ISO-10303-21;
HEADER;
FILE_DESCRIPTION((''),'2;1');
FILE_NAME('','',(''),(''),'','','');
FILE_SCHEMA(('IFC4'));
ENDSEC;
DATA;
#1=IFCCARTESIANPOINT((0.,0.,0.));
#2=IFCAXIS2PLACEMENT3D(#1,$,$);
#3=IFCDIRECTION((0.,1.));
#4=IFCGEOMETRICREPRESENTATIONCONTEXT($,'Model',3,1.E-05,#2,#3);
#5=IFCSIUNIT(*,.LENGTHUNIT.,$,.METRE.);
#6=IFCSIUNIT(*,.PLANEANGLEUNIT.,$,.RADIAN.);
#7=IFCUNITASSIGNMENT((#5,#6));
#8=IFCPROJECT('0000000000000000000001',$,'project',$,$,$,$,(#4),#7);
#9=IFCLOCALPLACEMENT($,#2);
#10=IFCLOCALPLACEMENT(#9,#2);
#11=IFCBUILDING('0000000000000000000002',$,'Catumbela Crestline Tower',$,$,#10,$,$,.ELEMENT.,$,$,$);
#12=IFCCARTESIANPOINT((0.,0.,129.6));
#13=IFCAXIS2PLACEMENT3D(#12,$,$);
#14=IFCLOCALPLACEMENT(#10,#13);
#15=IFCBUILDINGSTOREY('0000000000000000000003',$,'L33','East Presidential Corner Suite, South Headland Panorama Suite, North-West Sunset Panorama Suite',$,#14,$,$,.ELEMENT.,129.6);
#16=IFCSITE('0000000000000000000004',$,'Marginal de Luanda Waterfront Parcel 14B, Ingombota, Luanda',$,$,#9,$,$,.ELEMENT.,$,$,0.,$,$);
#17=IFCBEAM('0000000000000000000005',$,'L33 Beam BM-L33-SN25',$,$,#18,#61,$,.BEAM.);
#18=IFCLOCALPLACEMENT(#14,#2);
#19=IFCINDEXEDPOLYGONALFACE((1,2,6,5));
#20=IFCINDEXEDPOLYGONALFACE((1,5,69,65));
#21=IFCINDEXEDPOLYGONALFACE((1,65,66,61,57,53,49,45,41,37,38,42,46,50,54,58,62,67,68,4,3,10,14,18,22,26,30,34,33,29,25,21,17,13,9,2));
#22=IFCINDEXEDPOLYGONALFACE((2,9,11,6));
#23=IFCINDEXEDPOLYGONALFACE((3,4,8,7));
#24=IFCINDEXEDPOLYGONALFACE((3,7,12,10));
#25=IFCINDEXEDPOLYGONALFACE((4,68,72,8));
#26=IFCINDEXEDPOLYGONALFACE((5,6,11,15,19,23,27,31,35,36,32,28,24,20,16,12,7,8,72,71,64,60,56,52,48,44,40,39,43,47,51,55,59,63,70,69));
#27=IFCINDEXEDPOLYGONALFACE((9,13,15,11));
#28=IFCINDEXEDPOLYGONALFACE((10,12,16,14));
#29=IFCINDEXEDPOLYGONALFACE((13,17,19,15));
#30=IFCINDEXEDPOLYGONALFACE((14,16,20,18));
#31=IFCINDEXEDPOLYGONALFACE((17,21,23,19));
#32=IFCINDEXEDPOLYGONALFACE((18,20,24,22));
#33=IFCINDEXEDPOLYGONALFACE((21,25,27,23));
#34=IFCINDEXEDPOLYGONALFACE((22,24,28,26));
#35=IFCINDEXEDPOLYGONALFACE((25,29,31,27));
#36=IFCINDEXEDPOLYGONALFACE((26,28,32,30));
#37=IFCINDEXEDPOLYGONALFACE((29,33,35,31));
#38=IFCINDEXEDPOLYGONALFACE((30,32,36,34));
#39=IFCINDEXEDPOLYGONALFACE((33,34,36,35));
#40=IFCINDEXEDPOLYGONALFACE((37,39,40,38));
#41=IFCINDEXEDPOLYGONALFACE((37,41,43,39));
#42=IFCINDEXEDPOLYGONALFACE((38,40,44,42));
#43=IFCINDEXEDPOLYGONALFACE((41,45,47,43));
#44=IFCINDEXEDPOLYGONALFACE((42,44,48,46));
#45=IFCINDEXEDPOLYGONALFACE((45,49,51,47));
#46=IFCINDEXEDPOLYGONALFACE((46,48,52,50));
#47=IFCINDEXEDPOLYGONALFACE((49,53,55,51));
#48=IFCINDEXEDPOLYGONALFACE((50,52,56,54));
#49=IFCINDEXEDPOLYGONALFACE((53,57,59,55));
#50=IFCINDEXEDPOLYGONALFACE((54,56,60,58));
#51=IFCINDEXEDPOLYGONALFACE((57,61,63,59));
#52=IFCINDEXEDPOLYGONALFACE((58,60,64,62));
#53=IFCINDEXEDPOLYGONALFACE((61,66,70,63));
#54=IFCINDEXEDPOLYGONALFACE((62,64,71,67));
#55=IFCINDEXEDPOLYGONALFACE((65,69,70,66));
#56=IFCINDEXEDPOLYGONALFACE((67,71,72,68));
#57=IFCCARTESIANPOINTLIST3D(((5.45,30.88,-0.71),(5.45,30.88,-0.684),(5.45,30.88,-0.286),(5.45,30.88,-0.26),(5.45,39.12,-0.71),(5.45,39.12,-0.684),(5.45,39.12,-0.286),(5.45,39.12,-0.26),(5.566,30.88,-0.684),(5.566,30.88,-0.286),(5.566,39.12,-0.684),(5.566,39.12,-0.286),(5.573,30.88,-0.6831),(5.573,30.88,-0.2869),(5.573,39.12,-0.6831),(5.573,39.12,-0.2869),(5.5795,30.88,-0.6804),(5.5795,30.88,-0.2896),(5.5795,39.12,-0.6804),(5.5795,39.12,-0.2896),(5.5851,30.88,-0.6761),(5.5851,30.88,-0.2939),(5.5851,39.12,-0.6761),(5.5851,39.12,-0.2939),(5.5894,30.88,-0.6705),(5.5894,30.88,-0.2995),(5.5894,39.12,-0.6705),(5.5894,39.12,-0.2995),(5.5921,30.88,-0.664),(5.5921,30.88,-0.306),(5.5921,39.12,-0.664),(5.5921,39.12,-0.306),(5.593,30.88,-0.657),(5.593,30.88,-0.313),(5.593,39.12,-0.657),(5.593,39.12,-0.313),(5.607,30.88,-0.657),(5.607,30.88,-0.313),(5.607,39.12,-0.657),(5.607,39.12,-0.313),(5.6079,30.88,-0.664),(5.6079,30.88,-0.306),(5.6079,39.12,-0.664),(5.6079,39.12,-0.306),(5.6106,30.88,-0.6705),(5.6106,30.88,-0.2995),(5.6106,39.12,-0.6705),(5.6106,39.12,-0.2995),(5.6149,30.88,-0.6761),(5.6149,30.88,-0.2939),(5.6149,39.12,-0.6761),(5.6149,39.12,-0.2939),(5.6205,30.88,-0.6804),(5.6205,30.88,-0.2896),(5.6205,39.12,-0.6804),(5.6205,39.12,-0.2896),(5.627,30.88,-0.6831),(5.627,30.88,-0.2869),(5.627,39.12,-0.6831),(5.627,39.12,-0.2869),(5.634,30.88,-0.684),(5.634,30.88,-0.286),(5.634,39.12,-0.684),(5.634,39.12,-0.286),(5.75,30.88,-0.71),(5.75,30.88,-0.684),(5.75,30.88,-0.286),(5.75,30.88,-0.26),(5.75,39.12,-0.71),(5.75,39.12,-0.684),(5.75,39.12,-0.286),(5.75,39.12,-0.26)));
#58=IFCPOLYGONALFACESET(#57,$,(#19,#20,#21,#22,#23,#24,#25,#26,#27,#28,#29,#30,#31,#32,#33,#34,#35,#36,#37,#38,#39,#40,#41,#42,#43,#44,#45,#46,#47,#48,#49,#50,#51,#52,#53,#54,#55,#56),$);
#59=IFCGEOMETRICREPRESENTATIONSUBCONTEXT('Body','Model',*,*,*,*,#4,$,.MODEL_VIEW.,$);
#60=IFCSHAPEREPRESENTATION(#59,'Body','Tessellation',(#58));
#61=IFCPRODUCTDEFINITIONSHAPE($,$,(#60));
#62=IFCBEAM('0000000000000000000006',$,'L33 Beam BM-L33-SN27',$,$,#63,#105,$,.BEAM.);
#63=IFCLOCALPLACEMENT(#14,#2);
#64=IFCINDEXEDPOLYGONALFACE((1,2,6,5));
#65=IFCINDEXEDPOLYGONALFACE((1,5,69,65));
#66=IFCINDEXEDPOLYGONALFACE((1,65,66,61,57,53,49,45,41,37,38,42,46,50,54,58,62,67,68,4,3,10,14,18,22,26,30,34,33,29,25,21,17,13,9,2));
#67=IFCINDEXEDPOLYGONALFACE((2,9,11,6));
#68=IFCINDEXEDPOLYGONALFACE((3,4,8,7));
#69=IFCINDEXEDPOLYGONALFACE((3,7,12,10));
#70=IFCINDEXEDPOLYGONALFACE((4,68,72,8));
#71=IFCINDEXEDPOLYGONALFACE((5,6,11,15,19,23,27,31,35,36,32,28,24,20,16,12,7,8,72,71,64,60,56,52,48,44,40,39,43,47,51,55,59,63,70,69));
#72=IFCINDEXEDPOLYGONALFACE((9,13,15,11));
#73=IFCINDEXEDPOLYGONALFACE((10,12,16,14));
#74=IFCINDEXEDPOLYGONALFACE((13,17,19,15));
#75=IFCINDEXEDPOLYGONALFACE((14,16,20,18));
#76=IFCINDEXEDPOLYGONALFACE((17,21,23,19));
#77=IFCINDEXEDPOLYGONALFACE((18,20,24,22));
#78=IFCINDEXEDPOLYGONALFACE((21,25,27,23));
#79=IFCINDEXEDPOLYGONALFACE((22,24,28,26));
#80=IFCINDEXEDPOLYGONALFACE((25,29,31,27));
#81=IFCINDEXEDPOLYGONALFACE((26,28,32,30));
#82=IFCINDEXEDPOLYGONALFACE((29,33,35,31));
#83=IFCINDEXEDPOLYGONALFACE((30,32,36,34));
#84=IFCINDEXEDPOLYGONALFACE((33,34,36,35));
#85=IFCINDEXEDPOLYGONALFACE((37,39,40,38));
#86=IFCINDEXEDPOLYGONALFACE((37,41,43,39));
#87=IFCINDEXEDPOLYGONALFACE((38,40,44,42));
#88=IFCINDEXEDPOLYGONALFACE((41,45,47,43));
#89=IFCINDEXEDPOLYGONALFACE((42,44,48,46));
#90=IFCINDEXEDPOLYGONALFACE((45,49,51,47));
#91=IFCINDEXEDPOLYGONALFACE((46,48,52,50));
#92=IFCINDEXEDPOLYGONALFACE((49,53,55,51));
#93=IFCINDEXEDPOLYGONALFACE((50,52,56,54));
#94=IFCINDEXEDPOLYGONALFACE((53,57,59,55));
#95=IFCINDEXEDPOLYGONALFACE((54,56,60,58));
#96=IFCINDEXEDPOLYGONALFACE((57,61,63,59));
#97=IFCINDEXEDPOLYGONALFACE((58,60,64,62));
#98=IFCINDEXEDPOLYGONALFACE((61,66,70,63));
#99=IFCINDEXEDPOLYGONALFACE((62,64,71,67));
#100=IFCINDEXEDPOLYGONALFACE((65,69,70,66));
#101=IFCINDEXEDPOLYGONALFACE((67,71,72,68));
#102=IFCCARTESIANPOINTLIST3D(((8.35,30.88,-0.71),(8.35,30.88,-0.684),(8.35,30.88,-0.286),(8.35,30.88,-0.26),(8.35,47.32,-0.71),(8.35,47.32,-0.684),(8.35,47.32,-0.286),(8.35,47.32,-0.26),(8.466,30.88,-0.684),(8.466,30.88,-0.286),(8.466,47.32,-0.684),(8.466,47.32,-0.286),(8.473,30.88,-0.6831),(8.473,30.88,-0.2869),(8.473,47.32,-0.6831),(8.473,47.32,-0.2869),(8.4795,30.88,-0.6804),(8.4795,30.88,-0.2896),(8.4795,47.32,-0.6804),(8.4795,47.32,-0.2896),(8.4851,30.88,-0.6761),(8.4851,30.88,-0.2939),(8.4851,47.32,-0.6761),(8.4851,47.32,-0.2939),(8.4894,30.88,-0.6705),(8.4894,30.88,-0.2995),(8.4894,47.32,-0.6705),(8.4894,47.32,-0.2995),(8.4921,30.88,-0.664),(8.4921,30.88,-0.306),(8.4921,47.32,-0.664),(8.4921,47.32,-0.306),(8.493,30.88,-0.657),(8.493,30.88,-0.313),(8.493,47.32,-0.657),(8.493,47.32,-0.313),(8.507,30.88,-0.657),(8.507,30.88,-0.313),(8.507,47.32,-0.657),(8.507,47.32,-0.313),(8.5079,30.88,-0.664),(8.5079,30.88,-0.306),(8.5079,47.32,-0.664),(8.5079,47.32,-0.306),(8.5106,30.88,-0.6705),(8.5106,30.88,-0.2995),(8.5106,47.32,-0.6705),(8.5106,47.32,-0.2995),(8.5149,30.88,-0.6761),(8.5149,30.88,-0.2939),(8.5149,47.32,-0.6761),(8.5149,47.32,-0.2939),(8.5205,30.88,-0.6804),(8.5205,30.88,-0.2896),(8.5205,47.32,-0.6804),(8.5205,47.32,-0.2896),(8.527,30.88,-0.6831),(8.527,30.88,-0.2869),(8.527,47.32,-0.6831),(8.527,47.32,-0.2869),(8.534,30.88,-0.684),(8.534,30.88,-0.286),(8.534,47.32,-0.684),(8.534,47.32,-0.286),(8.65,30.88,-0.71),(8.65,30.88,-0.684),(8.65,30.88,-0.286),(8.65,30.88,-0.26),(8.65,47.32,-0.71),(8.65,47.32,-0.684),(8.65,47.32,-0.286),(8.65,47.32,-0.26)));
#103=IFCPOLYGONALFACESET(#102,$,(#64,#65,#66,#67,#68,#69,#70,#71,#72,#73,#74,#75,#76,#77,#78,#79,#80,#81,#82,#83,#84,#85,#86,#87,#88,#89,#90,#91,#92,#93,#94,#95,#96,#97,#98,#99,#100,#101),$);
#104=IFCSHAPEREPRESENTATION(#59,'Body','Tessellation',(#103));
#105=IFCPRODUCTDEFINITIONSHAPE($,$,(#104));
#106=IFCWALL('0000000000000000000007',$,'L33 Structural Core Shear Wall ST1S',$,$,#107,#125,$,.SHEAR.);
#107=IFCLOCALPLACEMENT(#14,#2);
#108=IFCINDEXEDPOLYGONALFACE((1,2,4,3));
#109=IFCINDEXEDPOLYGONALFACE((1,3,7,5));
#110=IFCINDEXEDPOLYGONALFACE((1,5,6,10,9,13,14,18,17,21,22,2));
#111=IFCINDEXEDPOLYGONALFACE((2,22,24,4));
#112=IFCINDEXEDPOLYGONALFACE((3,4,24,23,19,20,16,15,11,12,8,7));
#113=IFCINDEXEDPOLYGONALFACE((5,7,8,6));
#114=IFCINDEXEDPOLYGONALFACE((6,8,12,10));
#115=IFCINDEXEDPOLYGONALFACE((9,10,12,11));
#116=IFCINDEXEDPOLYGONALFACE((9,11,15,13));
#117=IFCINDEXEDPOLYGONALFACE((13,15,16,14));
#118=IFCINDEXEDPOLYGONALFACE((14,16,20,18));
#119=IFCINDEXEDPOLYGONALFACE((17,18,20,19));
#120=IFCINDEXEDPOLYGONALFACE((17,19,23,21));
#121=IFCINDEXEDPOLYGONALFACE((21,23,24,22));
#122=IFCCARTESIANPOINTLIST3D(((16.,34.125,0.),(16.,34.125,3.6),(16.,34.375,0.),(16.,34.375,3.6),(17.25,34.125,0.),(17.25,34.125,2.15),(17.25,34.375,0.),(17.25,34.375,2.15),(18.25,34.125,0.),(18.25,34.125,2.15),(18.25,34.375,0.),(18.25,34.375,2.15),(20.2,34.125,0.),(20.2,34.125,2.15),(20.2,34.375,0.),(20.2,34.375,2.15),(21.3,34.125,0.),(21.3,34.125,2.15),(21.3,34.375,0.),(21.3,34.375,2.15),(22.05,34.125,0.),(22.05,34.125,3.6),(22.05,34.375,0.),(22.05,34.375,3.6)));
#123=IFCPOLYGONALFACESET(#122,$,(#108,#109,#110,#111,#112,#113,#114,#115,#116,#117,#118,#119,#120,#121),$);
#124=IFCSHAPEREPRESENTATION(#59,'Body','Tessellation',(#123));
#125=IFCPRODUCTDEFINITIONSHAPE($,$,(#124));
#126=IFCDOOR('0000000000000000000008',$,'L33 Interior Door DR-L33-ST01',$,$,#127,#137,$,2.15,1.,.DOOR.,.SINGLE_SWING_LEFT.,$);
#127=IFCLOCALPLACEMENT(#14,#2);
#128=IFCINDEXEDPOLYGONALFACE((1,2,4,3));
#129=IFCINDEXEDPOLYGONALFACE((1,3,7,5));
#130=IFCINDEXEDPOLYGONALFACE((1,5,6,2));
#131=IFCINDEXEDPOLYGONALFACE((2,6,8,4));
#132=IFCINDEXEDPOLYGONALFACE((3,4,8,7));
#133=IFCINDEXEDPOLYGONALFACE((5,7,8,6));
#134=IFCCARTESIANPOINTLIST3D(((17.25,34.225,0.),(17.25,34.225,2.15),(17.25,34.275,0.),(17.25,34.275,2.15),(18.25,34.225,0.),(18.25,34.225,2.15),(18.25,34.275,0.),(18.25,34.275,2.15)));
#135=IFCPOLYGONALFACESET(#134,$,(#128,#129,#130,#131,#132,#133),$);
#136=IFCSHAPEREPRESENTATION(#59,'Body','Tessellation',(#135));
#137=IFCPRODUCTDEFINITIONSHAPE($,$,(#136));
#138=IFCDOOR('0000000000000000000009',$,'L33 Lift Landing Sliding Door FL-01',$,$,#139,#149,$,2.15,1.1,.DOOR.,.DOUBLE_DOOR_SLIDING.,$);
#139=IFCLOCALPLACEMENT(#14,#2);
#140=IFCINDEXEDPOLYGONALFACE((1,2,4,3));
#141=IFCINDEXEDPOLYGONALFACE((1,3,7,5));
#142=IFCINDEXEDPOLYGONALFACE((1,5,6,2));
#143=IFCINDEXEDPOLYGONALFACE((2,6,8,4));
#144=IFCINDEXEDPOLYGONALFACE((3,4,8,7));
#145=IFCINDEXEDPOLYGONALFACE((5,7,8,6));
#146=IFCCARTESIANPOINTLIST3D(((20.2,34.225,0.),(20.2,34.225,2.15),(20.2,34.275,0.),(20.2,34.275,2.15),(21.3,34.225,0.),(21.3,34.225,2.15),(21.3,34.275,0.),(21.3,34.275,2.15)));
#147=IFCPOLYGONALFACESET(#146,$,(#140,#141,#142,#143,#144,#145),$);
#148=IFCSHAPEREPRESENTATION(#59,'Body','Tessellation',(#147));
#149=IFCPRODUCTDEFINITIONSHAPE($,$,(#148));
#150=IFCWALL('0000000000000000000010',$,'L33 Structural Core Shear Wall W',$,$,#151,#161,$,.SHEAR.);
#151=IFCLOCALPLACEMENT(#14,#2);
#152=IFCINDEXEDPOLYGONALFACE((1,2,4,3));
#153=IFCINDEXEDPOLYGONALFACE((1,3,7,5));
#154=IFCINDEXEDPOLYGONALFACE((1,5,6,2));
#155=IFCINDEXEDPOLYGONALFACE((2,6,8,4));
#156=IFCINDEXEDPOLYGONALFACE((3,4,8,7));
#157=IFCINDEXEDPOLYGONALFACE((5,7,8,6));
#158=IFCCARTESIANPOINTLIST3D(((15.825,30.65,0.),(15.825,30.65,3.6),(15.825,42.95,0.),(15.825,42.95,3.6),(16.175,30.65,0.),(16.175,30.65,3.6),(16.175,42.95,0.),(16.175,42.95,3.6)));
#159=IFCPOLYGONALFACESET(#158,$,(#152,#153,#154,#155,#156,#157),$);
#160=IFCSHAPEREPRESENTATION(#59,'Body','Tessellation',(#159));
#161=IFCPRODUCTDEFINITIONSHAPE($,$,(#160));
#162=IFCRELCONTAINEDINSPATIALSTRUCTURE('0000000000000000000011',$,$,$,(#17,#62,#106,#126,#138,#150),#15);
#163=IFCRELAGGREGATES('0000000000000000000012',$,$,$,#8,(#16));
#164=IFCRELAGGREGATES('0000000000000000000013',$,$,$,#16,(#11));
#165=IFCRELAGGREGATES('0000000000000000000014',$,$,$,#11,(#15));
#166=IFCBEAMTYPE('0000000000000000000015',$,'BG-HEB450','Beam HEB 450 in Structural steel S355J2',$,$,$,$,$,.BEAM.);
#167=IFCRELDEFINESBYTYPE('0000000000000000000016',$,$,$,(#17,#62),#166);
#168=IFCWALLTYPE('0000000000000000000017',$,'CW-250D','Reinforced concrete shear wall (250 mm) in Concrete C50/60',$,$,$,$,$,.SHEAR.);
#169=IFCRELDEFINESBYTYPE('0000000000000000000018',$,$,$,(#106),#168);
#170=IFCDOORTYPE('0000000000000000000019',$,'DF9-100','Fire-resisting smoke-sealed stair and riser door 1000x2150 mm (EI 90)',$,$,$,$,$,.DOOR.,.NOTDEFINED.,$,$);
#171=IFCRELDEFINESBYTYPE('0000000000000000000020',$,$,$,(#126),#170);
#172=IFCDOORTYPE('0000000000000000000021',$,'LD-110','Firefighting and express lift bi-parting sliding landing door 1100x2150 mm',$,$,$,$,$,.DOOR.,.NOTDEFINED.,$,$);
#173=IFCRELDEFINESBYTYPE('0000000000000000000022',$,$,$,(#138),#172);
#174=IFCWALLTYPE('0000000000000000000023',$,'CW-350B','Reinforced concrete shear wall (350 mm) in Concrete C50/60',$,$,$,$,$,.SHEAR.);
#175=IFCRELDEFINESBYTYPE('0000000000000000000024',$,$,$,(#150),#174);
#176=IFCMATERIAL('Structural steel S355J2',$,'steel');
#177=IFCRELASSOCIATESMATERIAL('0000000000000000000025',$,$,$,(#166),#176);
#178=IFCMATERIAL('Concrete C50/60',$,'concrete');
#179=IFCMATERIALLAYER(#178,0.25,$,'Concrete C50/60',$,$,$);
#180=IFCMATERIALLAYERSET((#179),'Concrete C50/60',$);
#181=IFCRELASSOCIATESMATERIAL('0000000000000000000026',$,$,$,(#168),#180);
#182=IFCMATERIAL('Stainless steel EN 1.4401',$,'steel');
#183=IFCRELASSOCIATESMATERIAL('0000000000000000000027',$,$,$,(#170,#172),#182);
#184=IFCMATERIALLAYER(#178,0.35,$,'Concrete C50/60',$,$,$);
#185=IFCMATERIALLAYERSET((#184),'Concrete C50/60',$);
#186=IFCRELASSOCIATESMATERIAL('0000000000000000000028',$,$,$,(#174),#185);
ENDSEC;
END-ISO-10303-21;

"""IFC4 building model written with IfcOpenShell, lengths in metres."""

from ifc_helpers import new_model, si_unit, direction, frame, frame_2d, origin, origin_2d, place, context, subcontext, project, spatial, rectangle, i_section, extrude, material, layer, layer_set, material_profile, profile_set, type_object, element, fill, save


model = new_model("IFC4")

# Units and contexts
model_context = context("Model", 3, precision=1e-05, world=origin(), true_north=direction((0.0, 1.0)))
body_context = subcontext(model_context, "Body", "Model", "MODEL_VIEW")
ifc_project = project(units=[si_unit("LENGTHUNIT", "METRE"), si_unit("PLANEANGLEUNIT", "RADIAN")], contexts=[model_context])

# Site, building, storey
site_placement = place(None, origin())
site = spatial("IfcSite", under=ifc_project, at=site_placement, Name="Marginal de Luanda Waterfront Parcel 14B, Ingombota, Luanda", CompositionType="ELEMENT", RefElevation=0.0)
building_placement = place(site_placement, origin())
building = spatial("IfcBuilding", under=site, at=building_placement, Name="Catumbela Crestline Tower", CompositionType="ELEMENT")
storey_placement = place(building_placement, frame((0.0, 0.0, 129.6)))
storey = spatial("IfcBuildingStorey", under=building, at=storey_placement, Name="L33", Description="East Presidential Corner Suite, South Headland Panorama Suite, North-West Sunset Panorama Suite", CompositionType="ELEMENT", Elevation=129.6)

# Beams
ifc_material_1 = material(Name="Structural steel S355J2", Category="steel")
ifc_material_profile_1 = material_profile(ifc_material_1, i_section(OverallWidth=0.3, OverallDepth=0.45, WebThickness=0.014, FlangeThickness=0.026, FilletRadius=0.027, at=origin_2d()), Name="HEB 450")
ifc_profile_set_1 = profile_set([ifc_material_profile_1], Name="Structural steel S355J2")
beam_type = type_object("IfcBeamType", Name="BG-HEB450", Description="Beam HEB 450 in Structural steel S355J2", PredefinedType="BEAM", material=ifc_profile_set_1)
beam_1_placement = place(storey_placement, frame((5.6, 30.88, -0.485), z_axis=(0.0, 1.0, 0.0), x_axis=(-1.0, 0.0, 0.0)))
element("IfcBeam", 1, at=beam_1_placement, inside=storey, type_object=beam_type, Name="L33 Beam BM-L33-SN25", PredefinedType="BEAM", context=body_context, shape_type="SweptSolid", body=[
    extrude(i_section(OverallWidth=0.3, OverallDepth=0.45, WebThickness=0.014, FlangeThickness=0.026, FilletRadius=0.027, at=origin_2d()), origin(), (0.0, 0.0, 1.0), 8.24),
])
beam_2_placement = place(storey_placement, frame((8.5, 30.88, -0.485), z_axis=(0.0, 1.0, 0.0), x_axis=(-1.0, 0.0, 0.0)))
element("IfcBeam", 2, at=beam_2_placement, inside=storey, type_object=beam_type, Name="L33 Beam BM-L33-SN27", PredefinedType="BEAM", context=body_context, shape_type="SweptSolid", body=[
    extrude(i_section(OverallWidth=0.3, OverallDepth=0.45, WebThickness=0.014, FlangeThickness=0.026, FilletRadius=0.027, at=origin_2d()), origin(), (0.0, 0.0, 1.0), 16.44),
])

# Wall, openings, doors
ifc_material_2 = material(Name="Concrete C50/60", Category="concrete")
ifc_layer_1 = layer(ifc_material_2, 0.25, Name="Concrete C50/60")
ifc_layer_set_1 = layer_set([ifc_layer_1], Name="Concrete C50/60")
wall_type_1 = type_object("IfcWallType", Name="CW-250D", Description="Reinforced concrete shear wall (250 mm) in Concrete C50/60", PredefinedType="SHEAR", material=ifc_layer_set_1)
wall_1_placement = place(storey_placement, frame((16.0, 34.25, 0.0), z_axis=(0.0, 0.0, 1.0), x_axis=(1.0, 0.0, 0.0)))
wall_1 = element("IfcWall", 3, at=wall_1_placement, inside=storey, type_object=wall_type_1, Name="L33 Structural Core Shear Wall ST1S", PredefinedType="SHEAR", context=body_context, shape_type="SweptSolid", body=[
    extrude(rectangle(XDim=6.05, YDim=0.25, at=frame_2d((3.025, 0.0))), origin(), (0.0, 0.0, 1.0), 3.6),
])
opening_1_placement = place(wall_1_placement, frame((1.25, 0.0, 0.0)))
opening_1 = element("IfcOpeningElement", 4, at=opening_1_placement, cuts=wall_1, PredefinedType="OPENING", context=body_context, shape_type="SweptSolid", body=[
    extrude(rectangle(XDim=1.0, YDim=2.15, at=frame_2d((0.5, 1.075))), frame((0.0, 0.135, 0.0), z_axis=(0.0, -1.0, 0.0), x_axis=(1.0, 0.0, 0.0)), (0.0, 0.0, 1.0), 0.27),
])
opening_2_placement = place(wall_1_placement, frame((4.2, 0.0, 0.0)))
opening_2 = element("IfcOpeningElement", 5, at=opening_2_placement, cuts=wall_1, PredefinedType="OPENING", context=body_context, shape_type="SweptSolid", body=[
    extrude(rectangle(XDim=1.1, YDim=2.15, at=frame_2d((0.55, 1.075))), frame((0.0, 0.135, 0.0), z_axis=(0.0, -1.0, 0.0), x_axis=(1.0, 0.0, 0.0)), (0.0, 0.0, 1.0), 0.27),
])
ifc_material_3 = material(Name="Stainless steel EN 1.4401", Category="steel")
door_type_1 = type_object("IfcDoorType", Name="DF9-100", Description="Fire-resisting smoke-sealed stair and riser door 1000x2150 mm (EI 90)", OperationType="NOTDEFINED", PredefinedType="DOOR", material=ifc_material_3)
door_1_placement = place(opening_1_placement, origin())
door_1 = element("IfcDoor", 6, at=door_1_placement, inside=storey, type_object=door_type_1, Name="L33 Interior Door DR-L33-ST01", OperationType="SINGLE_SWING_LEFT", OverallHeight=2.15, OverallWidth=1.0, PredefinedType="DOOR", context=body_context, shape_type="SweptSolid", body=[
    extrude(rectangle(XDim=1.0, YDim=2.15, at=frame_2d((0.5, 1.075))), frame((0.0, 0.025, 0.0), z_axis=(0.0, -1.0, 0.0), x_axis=(1.0, 0.0, 0.0)), (0.0, 0.0, 1.0), 0.05),
])
fill(opening_1, door_1)
door_type_2 = type_object("IfcDoorType", Name="LD-110", Description="Firefighting and express lift bi-parting sliding landing door 1100x2150 mm", OperationType="NOTDEFINED", PredefinedType="DOOR", material=ifc_material_3)
door_2_placement = place(opening_2_placement, origin())
door_2 = element("IfcDoor", 7, at=door_2_placement, inside=storey, type_object=door_type_2, Name="L33 Lift Landing Sliding Door FL-01", OperationType="DOUBLE_DOOR_SLIDING", OverallHeight=2.15, OverallWidth=1.1, PredefinedType="DOOR", context=body_context, shape_type="SweptSolid", body=[
    extrude(rectangle(XDim=1.1, YDim=2.15, at=frame_2d((0.55, 1.075))), frame((0.0, 0.025, 0.0), z_axis=(0.0, -1.0, 0.0), x_axis=(1.0, 0.0, 0.0)), (0.0, 0.0, 1.0), 0.05),
])
fill(opening_2, door_2)

# Wall
ifc_layer_2 = layer(ifc_material_2, 0.35, Name="Concrete C50/60")
ifc_layer_set_2 = layer_set([ifc_layer_2], Name="Concrete C50/60")
wall_type_2 = type_object("IfcWallType", Name="CW-350B", Description="Reinforced concrete shear wall (350 mm) in Concrete C50/60", PredefinedType="SHEAR", material=ifc_layer_set_2)
wall_2_placement = place(storey_placement, frame((16.0, 30.65, 0.0), z_axis=(0.0, 0.0, 1.0), x_axis=(0.0, 1.0, 0.0)))
element("IfcWall", 8, at=wall_2_placement, inside=storey, type_object=wall_type_2, Name="L33 Structural Core Shear Wall W", PredefinedType="SHEAR", context=body_context, shape_type="SweptSolid", body=[
    extrude(rectangle(XDim=12.3, YDim=0.35, at=frame_2d((6.15, 0.0))), origin(), (0.0, 0.0, 1.0), 3.6),
])

save(model, "model.ifc")
